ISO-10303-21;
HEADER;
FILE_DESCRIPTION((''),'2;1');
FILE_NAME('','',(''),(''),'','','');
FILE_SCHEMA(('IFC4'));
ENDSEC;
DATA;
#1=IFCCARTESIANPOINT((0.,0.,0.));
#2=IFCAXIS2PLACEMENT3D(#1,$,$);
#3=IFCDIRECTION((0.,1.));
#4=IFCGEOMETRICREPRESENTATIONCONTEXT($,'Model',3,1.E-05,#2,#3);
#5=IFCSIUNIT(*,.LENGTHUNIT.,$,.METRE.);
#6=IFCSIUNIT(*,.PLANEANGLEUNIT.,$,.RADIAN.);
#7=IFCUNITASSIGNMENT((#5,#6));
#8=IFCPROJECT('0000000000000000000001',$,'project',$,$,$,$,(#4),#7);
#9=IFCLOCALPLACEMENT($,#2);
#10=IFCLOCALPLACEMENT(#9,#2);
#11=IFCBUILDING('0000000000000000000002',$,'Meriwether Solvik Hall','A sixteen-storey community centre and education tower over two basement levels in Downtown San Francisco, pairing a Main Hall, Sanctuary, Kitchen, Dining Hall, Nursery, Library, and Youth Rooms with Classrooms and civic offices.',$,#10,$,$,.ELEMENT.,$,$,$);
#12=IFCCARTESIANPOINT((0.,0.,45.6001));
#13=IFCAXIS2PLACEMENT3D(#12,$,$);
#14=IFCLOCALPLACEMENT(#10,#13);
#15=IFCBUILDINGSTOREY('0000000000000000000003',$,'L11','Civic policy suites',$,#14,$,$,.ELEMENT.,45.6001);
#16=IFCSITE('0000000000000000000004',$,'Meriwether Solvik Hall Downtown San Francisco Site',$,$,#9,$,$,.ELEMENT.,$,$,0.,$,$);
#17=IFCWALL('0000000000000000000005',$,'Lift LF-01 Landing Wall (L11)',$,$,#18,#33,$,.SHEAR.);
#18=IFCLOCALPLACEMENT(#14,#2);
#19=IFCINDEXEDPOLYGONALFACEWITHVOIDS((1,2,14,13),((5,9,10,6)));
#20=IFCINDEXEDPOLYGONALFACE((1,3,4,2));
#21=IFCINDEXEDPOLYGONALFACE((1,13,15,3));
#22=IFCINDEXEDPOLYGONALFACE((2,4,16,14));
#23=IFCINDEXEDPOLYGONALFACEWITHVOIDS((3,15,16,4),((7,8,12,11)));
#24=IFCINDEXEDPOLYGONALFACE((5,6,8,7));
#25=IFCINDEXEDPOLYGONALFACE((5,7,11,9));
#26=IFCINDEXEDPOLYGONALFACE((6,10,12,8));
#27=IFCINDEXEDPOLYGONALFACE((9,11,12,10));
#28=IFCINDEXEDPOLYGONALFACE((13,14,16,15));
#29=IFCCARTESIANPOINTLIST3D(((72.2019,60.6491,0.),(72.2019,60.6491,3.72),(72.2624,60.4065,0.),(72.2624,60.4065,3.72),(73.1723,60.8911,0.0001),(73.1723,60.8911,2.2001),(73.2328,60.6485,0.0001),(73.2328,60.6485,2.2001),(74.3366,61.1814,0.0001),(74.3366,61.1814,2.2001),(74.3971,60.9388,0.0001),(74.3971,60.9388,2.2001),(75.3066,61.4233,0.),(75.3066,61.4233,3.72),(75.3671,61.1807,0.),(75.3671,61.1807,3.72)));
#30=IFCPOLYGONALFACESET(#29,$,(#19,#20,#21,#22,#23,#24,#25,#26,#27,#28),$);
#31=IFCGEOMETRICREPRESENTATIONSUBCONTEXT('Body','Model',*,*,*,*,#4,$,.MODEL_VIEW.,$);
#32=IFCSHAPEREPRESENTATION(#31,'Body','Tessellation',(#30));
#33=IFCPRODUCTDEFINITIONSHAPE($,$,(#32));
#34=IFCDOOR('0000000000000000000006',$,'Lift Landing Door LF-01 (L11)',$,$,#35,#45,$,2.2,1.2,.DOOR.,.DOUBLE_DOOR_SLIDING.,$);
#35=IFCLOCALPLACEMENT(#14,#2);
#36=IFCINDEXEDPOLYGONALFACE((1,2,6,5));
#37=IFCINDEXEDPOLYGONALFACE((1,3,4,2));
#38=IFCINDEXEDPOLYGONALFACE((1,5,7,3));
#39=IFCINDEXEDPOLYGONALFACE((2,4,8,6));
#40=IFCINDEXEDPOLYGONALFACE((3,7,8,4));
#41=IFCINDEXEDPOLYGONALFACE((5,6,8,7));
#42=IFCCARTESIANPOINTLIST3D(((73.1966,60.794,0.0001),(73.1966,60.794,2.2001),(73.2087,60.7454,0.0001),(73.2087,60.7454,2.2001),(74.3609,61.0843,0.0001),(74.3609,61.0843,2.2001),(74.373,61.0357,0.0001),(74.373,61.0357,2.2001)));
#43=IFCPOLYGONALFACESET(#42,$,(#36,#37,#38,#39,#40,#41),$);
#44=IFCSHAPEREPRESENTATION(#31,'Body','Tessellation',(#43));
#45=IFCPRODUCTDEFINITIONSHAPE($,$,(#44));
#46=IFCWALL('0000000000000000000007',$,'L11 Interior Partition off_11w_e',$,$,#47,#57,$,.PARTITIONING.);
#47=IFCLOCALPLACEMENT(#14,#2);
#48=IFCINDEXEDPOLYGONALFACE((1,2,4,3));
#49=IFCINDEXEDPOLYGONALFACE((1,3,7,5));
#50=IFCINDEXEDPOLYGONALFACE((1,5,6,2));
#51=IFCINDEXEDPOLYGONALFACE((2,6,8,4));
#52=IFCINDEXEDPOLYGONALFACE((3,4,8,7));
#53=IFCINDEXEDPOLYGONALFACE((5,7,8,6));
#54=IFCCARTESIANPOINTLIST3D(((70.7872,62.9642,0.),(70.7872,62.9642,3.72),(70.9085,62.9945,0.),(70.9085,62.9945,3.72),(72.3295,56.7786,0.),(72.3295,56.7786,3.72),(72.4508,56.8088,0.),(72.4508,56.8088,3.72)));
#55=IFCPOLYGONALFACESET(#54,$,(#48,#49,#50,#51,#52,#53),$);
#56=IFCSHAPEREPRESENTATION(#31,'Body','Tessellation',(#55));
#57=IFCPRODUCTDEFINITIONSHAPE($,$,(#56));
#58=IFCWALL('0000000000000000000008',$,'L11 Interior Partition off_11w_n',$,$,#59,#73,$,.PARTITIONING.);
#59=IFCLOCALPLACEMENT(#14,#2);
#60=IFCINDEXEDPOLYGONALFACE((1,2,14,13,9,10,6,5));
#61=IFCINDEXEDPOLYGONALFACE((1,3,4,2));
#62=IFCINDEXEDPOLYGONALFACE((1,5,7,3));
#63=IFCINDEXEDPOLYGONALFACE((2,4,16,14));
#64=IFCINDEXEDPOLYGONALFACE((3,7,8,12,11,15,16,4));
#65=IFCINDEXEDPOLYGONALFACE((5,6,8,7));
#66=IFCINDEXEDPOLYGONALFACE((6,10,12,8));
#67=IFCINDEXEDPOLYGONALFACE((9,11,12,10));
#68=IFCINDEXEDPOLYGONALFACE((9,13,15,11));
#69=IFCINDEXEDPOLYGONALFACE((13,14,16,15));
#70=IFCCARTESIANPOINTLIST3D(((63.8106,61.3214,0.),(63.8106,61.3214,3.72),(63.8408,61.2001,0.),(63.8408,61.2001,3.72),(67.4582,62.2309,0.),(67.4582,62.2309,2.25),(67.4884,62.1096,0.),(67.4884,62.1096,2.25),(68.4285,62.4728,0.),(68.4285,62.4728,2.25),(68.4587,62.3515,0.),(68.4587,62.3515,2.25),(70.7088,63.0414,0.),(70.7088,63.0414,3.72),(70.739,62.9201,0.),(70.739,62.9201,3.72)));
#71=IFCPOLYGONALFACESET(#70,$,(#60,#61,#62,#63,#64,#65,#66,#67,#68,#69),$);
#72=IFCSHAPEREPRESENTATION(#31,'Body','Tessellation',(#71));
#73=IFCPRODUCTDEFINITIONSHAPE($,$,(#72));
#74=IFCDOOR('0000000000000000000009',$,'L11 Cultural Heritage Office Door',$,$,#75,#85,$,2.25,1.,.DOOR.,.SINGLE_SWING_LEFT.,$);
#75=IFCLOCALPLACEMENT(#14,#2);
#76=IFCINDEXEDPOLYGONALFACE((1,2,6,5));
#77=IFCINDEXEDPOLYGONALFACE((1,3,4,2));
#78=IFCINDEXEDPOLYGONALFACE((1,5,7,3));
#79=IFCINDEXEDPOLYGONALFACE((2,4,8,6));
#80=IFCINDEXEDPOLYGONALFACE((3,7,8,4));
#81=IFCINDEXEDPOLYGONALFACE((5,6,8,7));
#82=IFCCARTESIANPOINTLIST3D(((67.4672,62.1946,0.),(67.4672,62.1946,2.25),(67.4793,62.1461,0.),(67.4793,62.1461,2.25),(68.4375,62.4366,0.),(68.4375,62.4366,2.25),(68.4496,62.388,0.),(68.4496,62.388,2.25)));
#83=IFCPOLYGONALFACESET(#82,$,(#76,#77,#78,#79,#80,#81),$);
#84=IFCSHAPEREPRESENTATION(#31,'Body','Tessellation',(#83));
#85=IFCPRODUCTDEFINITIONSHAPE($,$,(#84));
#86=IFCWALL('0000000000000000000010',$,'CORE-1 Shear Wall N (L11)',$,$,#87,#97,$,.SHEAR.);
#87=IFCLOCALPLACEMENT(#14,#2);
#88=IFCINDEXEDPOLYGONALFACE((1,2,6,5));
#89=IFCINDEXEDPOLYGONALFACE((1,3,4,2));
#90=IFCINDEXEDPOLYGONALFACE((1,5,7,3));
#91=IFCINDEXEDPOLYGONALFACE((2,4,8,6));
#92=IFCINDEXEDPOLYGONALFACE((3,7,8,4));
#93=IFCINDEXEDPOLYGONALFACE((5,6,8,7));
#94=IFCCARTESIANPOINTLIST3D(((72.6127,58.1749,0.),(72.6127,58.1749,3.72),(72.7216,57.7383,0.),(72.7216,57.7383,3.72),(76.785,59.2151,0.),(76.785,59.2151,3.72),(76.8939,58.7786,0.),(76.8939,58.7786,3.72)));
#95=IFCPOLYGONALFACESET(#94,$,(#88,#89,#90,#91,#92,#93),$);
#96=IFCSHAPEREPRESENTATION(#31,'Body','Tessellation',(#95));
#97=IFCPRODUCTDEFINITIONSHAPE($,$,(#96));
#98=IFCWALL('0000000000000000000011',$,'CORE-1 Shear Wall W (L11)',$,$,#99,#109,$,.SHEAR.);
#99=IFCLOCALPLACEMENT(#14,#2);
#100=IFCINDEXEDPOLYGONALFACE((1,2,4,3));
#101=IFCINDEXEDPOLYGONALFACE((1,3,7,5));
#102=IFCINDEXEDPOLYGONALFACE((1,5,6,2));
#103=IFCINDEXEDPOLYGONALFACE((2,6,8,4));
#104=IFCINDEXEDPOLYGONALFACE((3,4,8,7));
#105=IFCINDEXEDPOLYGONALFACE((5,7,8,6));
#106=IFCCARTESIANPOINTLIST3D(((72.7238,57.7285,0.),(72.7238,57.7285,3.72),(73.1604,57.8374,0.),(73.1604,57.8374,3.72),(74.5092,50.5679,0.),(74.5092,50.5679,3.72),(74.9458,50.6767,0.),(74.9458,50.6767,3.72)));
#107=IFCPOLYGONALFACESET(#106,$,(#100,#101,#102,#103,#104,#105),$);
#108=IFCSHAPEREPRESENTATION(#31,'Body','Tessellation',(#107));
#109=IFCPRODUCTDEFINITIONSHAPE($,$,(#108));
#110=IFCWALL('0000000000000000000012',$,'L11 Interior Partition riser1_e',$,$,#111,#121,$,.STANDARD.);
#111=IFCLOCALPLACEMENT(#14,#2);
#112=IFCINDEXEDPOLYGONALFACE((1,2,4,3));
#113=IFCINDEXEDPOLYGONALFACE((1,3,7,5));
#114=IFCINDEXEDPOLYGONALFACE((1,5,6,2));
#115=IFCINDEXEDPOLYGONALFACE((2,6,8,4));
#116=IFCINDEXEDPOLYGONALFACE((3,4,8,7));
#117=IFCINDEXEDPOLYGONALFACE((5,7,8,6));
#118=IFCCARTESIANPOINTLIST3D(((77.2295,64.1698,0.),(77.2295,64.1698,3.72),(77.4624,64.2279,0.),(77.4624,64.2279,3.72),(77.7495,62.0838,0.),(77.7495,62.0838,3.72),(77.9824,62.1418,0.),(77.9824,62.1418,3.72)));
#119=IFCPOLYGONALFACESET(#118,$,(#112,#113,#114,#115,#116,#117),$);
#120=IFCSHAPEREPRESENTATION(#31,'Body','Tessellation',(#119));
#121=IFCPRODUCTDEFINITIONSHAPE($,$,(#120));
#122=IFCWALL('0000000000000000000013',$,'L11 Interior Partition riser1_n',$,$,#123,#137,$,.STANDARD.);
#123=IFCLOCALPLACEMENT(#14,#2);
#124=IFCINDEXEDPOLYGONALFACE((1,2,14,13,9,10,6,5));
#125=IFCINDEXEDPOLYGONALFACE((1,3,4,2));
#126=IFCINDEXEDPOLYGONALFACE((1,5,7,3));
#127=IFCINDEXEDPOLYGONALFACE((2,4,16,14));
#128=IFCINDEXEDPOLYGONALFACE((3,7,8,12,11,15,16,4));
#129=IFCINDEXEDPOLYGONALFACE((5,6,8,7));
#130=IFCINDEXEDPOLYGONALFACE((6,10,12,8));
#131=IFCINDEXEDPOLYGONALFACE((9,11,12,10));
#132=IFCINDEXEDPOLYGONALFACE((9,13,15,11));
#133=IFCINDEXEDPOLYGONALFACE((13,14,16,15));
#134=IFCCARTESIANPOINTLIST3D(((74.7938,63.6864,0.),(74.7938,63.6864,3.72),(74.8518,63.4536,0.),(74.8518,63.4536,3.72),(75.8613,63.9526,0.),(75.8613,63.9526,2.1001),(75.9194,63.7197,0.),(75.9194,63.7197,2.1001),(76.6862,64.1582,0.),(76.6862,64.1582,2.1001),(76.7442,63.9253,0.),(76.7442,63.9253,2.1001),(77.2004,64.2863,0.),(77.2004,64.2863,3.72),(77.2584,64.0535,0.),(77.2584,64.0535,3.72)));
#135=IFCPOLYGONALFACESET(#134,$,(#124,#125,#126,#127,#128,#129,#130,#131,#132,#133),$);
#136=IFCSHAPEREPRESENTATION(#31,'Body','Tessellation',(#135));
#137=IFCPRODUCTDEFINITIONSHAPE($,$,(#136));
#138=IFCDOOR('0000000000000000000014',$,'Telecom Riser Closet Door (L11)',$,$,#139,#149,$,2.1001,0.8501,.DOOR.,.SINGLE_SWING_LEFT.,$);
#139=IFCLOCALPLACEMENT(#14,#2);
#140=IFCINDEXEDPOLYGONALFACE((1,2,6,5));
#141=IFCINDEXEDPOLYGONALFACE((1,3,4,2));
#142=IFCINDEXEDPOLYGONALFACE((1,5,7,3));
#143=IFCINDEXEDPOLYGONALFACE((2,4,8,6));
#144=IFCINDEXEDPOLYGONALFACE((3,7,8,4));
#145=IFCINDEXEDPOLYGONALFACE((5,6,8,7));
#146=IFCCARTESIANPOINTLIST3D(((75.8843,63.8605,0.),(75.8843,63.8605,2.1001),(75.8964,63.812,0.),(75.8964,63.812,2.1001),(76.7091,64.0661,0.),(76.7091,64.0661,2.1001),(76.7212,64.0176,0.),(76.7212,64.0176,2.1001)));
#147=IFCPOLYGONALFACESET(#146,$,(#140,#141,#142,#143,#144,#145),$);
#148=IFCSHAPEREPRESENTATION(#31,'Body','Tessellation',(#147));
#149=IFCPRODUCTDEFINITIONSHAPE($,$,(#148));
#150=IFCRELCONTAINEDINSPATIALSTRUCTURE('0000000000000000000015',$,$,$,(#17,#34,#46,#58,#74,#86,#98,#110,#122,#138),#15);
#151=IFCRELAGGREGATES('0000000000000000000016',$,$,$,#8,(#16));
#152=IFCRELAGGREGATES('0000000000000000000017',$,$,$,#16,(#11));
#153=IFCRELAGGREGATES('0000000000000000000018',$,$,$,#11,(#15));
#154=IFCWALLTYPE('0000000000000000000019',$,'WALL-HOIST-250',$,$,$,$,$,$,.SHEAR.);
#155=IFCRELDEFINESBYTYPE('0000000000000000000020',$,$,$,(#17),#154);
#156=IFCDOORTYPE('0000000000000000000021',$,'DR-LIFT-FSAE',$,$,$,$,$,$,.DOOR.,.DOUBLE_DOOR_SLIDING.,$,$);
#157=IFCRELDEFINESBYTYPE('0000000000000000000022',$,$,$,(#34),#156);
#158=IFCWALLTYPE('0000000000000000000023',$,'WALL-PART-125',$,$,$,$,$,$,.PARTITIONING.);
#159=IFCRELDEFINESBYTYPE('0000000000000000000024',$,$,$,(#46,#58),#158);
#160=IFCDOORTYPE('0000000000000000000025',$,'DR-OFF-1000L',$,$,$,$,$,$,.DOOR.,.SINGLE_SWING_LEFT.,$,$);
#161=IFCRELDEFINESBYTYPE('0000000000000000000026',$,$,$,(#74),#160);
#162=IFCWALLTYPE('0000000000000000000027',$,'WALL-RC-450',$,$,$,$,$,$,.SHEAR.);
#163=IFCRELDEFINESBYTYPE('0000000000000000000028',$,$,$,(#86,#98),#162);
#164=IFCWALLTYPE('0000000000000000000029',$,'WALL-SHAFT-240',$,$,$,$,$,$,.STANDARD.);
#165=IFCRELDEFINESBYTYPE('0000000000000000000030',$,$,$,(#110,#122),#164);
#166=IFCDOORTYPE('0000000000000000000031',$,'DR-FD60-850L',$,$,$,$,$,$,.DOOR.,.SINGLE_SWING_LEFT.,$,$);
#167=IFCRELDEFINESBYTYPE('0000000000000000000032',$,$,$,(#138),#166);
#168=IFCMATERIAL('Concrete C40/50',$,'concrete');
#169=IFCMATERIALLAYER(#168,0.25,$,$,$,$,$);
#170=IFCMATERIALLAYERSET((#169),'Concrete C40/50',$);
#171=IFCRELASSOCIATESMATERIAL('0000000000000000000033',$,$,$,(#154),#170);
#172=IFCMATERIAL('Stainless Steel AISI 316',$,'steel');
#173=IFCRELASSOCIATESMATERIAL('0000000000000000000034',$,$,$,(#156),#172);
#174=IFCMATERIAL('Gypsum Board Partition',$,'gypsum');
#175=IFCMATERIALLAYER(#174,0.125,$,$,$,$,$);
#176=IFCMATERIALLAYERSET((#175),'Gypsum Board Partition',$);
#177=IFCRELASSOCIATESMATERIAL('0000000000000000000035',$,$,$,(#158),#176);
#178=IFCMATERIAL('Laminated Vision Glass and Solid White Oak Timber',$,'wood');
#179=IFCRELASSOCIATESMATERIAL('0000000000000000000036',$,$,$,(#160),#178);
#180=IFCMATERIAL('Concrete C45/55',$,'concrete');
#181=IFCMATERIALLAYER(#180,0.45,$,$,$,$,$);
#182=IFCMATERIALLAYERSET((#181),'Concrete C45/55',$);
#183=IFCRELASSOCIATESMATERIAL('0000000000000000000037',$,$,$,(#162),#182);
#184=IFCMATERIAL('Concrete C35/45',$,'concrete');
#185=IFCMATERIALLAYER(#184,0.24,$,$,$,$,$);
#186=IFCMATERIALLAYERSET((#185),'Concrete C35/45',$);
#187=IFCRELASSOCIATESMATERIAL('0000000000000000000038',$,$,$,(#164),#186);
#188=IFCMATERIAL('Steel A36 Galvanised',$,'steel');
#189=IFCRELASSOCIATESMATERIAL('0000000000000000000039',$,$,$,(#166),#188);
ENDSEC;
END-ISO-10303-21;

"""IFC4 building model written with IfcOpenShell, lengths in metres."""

from ifc_helpers import new_model, si_unit, direction, frame, frame_2d, origin, place, context, subcontext, project, spatial, rectangle, extrude, material, layer, layer_set, type_object, element, fill, save


model = new_model("IFC4")

# Units and contexts
model_context = context("Model", 3, precision=1e-05, world=origin(), true_north=direction((0.0, 1.0)))
body_context = subcontext(model_context, "Body", "Model", "MODEL_VIEW")
ifc_project = project(units=[si_unit("LENGTHUNIT", "METRE"), si_unit("PLANEANGLEUNIT", "RADIAN")], contexts=[model_context])

# Site, building, storey
site_placement = place(None, origin())
site = spatial("IfcSite", under=ifc_project, at=site_placement, Name="Meriwether Solvik Hall Downtown San Francisco Site", CompositionType="ELEMENT", RefElevation=0.0)
building_placement = place(site_placement, origin())
building = spatial("IfcBuilding", under=site, at=building_placement, Name="Meriwether Solvik Hall", Description="A sixteen-storey community centre and education tower over two basement levels in Downtown San Francisco, pairing a Main Hall, Sanctuary, Kitchen, Dining Hall, Nursery, Library, and Youth Rooms with Classrooms and civic offices.", CompositionType="ELEMENT")
storey_placement = place(building_placement, frame((0.0, 0.0, 45.6001)))
storey = spatial("IfcBuildingStorey", under=building, at=storey_placement, Name="L11", Description="Civic policy suites", CompositionType="ELEMENT", Elevation=45.6001)

# Shared definitions
ifc_material_1 = material(Name="Concrete C40/50", Category="concrete")
ifc_layer_1 = layer(ifc_material_1, 0.25)
ifc_layer_set_1 = layer_set([ifc_layer_1], Name="Concrete C40/50")
wall_type_1 = type_object("IfcWallType", Name="WALL-HOIST-250", PredefinedType="SHEAR", material=ifc_layer_set_1)

# Wall, opening, door
wall_1_placement = place(storey_placement, frame((72.2322, 60.5278, 0.0), z_axis=(0.0, 0.0, 1.0), x_axis=(0.97029, 0.241943, 0.0)))
wall_1 = element("IfcWall", 1, at=wall_1_placement, inside=storey, type_object=wall_type_1, Name="Lift LF-01 Landing Wall (L11)", PredefinedType="SHEAR", context=body_context, shape_type="SweptSolid", body=[
    extrude(rectangle(XDim=3.1997, YDim=0.25, at=frame_2d((1.5999, 0.0))), origin(), (0.0, 0.0, 1.0), 3.72),
])
opening_1_placement = place(wall_1_placement, frame((1.0, 0.0, 0.0)))
opening_1 = element("IfcOpeningElement", 2, at=opening_1_placement, cuts=wall_1, PredefinedType="OPENING", context=body_context, shape_type="SweptSolid", body=[
    extrude(rectangle(XDim=1.2, YDim=2.2, at=frame_2d((0.6001, 1.1001))), frame((0.0, 0.137, 0.0), z_axis=(0.0, -1.0, 0.0), x_axis=(1.0, 0.0, 0.0)), (0.0, 0.0, 1.0), 0.2739),
])
ifc_material_2 = material(Name="Stainless Steel AISI 316", Category="steel")
door_type_1 = type_object("IfcDoorType", Name="DR-LIFT-FSAE", OperationType="DOUBLE_DOOR_SLIDING", PredefinedType="DOOR", material=ifc_material_2)
door_1_placement = place(opening_1_placement, origin())
door_1 = element("IfcDoor", 3, at=door_1_placement, inside=storey, type_object=door_type_1, Name="Lift Landing Door LF-01 (L11)", OperationType="DOUBLE_DOOR_SLIDING", OverallHeight=2.2, OverallWidth=1.2, PredefinedType="DOOR", context=body_context, shape_type="SweptSolid", body=[
    extrude(rectangle(XDim=1.2, YDim=2.2, at=frame_2d((0.6001, 1.1001))), frame((0.0, 0.0249, 0.0), z_axis=(0.0, -1.0, 0.0), x_axis=(1.0, 0.0, 0.0)), (0.0, 0.0, 1.0), 0.05),
])
fill(opening_1, door_1)

# Wall
ifc_material_3 = material(Name="Gypsum Board Partition", Category="gypsum")
ifc_layer_2 = layer(ifc_material_3, 0.125)
ifc_layer_set_2 = layer_set([ifc_layer_2], Name="Gypsum Board Partition")
wall_type_2 = type_object("IfcWallType", Name="WALL-PART-125", PredefinedType="PARTITIONING", material=ifc_layer_set_2)
wall_2_placement = place(storey_placement, frame((72.3901, 56.7937, 0.0), z_axis=(0.0, 0.0, 1.0), x_axis=(-0.241923, 0.970295, 0.0)))
element("IfcWall", 4, at=wall_2_placement, inside=storey, type_object=wall_type_2, Name="L11 Interior Partition off_11w_e", PredefinedType="PARTITIONING", context=body_context, shape_type="SweptSolid", body=[
    extrude(rectangle(XDim=6.375, YDim=0.125, at=frame_2d((3.1875, 0.0))), origin(), (0.0, 0.0, 1.0), 3.72),
])

# Wall, opening, door
wall_3_placement = place(storey_placement, frame((70.7239, 62.9807, 0.0), z_axis=(0.0, 0.0, 1.0), x_axis=(-0.970294, -0.24193, 0.0)))
wall_3 = element("IfcWall", 5, at=wall_3_placement, inside=storey, type_object=wall_type_2, Name="L11 Interior Partition off_11w_n", PredefinedType="PARTITIONING", context=body_context, shape_type="SweptSolid", body=[
    extrude(rectangle(XDim=7.1094, YDim=0.125, at=frame_2d((3.5547, 0.0))), origin(), (0.0, 0.0, 1.0), 3.72),
])
opening_2_placement = place(wall_3_placement, frame((2.3501, 0.0, 0.0)))
opening_2 = element("IfcOpeningElement", 6, at=opening_2_placement, cuts=wall_3, PredefinedType="OPENING", context=body_context, shape_type="SweptSolid", body=[
    extrude(rectangle(XDim=1.0, YDim=2.25, at=frame_2d((0.5, 1.125))), frame((0.0, 0.0745, 0.0), z_axis=(0.0, -1.0, 0.0), x_axis=(1.0, 0.0, 0.0)), (0.0, 0.0, 1.0), 0.1489),
])
ifc_material_4 = material(Name="Laminated Vision Glass and Solid White Oak Timber", Category="wood")
door_type_2 = type_object("IfcDoorType", Name="DR-OFF-1000L", OperationType="SINGLE_SWING_LEFT", PredefinedType="DOOR", material=ifc_material_4)
door_2_placement = place(opening_2_placement, origin())
door_2 = element("IfcDoor", 7, at=door_2_placement, inside=storey, type_object=door_type_2, Name="L11 Cultural Heritage Office Door", OperationType="SINGLE_SWING_LEFT", OverallHeight=2.25, OverallWidth=1.0, PredefinedType="DOOR", context=body_context, shape_type="SweptSolid", body=[
    extrude(rectangle(XDim=1.0, YDim=2.25, at=frame_2d((0.5, 1.125))), frame((0.0, 0.0249, 0.0), z_axis=(0.0, -1.0, 0.0), x_axis=(1.0, 0.0, 0.0)), (0.0, 0.0, 1.0), 0.05),
])
fill(opening_2, door_2)

# Walls
ifc_material_5 = material(Name="Concrete C45/55", Category="concrete")
ifc_layer_3 = layer(ifc_material_5, 0.45)
ifc_layer_set_3 = layer_set([ifc_layer_3], Name="Concrete C45/55")
wall_type_3 = type_object("IfcWallType", Name="WALL-RC-450", PredefinedType="SHEAR", material=ifc_layer_set_3)
wall_4_placement = place(storey_placement, frame((76.8394, 58.9968, 0.0), z_axis=(0.0, 0.0, 1.0), x_axis=(-0.970296, -0.241921, 0.0)))
element("IfcWall", 8, at=wall_4_placement, inside=storey, type_object=wall_type_3, Name="CORE-1 Shear Wall N (L11)", PredefinedType="SHEAR", context=body_context, shape_type="SweptSolid", body=[
    extrude(rectangle(XDim=4.3, YDim=0.45, at=frame_2d((2.1499, 0.0))), origin(), (0.0, 0.0, 1.0), 3.72),
])
wall_5_placement = place(storey_placement, frame((72.9421, 57.783, 0.0), z_axis=(0.0, 0.0, 1.0), x_axis=(0.241928, -0.970294, 0.0)))
element("IfcWall", 9, at=wall_5_placement, inside=storey, type_object=wall_type_3, Name="CORE-1 Shear Wall W (L11)", PredefinedType="SHEAR", context=body_context, shape_type="SweptSolid", body=[
    extrude(rectangle(XDim=7.3799, YDim=0.45, at=frame_2d((3.6899, 0.0))), origin(), (0.0, 0.0, 1.0), 3.72),
])
ifc_material_6 = material(Name="Concrete C35/45", Category="concrete")
ifc_layer_4 = layer(ifc_material_6, 0.24)
ifc_layer_set_4 = layer_set([ifc_layer_4], Name="Concrete C35/45")
wall_type_4 = type_object("IfcWallType", Name="WALL-SHAFT-240", PredefinedType="STANDARD", material=ifc_layer_set_4)
wall_6_placement = place(storey_placement, frame((77.866, 62.1128, 0.0), z_axis=(0.0, 0.0, 1.0), x_axis=(-0.241868, 0.970309, 0.0)))
element("IfcWall", 10, at=wall_6_placement, inside=storey, type_object=wall_type_4, Name="L11 Interior Partition riser1_e", PredefinedType="STANDARD", context=body_context, shape_type="SweptSolid", body=[
    extrude(rectangle(XDim=2.1499, YDim=0.24, at=frame_2d((1.075, 0.0))), origin(), (0.0, 0.0, 1.0), 3.72),
])

# Wall, opening, door
wall_7_placement = place(storey_placement, frame((77.2295, 64.1699, 0.0), z_axis=(0.0, 0.0, 1.0), x_axis=(-0.97031, -0.241864, 0.0)))
wall_7 = element("IfcWall", 11, at=wall_7_placement, inside=storey, type_object=wall_type_4, Name="L11 Interior Partition riser1_n", PredefinedType="STANDARD", context=body_context, shape_type="SweptSolid", body=[
    extrude(rectangle(XDim=2.4802, YDim=0.24, at=frame_2d((1.2402, 0.0))), origin(), (0.0, 0.0, 1.0), 3.72),
])
opening_3_placement = place(wall_7_placement, frame((0.53, 0.0, 0.0)))
opening_3 = element("IfcOpeningElement", 12, at=opening_3_placement, cuts=wall_7, PredefinedType="OPENING", context=body_context, shape_type="SweptSolid", body=[
    extrude(rectangle(XDim=0.8501, YDim=2.1001, at=frame_2d((0.425, 1.05))), frame((0.0, 0.1318, 0.0), z_axis=(0.0, -1.0, 0.0), x_axis=(1.0, 0.0, 0.0)), (0.0, 0.0, 1.0), 0.2639),
])
ifc_material_7 = material(Name="Steel A36 Galvanised", Category="steel")
door_type_3 = type_object("IfcDoorType", Name="DR-FD60-850L", OperationType="SINGLE_SWING_LEFT", PredefinedType="DOOR", material=ifc_material_7)
door_3_placement = place(opening_3_placement, origin())
door_3 = element("IfcDoor", 13, at=door_3_placement, inside=storey, type_object=door_type_3, Name="Telecom Riser Closet Door (L11)", OperationType="SINGLE_SWING_LEFT", OverallHeight=2.1001, OverallWidth=0.8501, PredefinedType="DOOR", context=body_context, shape_type="SweptSolid", body=[
    extrude(rectangle(XDim=0.8501, YDim=2.1001, at=frame_2d((0.425, 1.05))), frame((0.0, 0.0249, 0.0), z_axis=(0.0, -1.0, 0.0), x_axis=(1.0, 0.0, 0.0)), (0.0, 0.0, 1.0), 0.05),
])
fill(opening_3, door_3)

save(model, "model.ifc")
